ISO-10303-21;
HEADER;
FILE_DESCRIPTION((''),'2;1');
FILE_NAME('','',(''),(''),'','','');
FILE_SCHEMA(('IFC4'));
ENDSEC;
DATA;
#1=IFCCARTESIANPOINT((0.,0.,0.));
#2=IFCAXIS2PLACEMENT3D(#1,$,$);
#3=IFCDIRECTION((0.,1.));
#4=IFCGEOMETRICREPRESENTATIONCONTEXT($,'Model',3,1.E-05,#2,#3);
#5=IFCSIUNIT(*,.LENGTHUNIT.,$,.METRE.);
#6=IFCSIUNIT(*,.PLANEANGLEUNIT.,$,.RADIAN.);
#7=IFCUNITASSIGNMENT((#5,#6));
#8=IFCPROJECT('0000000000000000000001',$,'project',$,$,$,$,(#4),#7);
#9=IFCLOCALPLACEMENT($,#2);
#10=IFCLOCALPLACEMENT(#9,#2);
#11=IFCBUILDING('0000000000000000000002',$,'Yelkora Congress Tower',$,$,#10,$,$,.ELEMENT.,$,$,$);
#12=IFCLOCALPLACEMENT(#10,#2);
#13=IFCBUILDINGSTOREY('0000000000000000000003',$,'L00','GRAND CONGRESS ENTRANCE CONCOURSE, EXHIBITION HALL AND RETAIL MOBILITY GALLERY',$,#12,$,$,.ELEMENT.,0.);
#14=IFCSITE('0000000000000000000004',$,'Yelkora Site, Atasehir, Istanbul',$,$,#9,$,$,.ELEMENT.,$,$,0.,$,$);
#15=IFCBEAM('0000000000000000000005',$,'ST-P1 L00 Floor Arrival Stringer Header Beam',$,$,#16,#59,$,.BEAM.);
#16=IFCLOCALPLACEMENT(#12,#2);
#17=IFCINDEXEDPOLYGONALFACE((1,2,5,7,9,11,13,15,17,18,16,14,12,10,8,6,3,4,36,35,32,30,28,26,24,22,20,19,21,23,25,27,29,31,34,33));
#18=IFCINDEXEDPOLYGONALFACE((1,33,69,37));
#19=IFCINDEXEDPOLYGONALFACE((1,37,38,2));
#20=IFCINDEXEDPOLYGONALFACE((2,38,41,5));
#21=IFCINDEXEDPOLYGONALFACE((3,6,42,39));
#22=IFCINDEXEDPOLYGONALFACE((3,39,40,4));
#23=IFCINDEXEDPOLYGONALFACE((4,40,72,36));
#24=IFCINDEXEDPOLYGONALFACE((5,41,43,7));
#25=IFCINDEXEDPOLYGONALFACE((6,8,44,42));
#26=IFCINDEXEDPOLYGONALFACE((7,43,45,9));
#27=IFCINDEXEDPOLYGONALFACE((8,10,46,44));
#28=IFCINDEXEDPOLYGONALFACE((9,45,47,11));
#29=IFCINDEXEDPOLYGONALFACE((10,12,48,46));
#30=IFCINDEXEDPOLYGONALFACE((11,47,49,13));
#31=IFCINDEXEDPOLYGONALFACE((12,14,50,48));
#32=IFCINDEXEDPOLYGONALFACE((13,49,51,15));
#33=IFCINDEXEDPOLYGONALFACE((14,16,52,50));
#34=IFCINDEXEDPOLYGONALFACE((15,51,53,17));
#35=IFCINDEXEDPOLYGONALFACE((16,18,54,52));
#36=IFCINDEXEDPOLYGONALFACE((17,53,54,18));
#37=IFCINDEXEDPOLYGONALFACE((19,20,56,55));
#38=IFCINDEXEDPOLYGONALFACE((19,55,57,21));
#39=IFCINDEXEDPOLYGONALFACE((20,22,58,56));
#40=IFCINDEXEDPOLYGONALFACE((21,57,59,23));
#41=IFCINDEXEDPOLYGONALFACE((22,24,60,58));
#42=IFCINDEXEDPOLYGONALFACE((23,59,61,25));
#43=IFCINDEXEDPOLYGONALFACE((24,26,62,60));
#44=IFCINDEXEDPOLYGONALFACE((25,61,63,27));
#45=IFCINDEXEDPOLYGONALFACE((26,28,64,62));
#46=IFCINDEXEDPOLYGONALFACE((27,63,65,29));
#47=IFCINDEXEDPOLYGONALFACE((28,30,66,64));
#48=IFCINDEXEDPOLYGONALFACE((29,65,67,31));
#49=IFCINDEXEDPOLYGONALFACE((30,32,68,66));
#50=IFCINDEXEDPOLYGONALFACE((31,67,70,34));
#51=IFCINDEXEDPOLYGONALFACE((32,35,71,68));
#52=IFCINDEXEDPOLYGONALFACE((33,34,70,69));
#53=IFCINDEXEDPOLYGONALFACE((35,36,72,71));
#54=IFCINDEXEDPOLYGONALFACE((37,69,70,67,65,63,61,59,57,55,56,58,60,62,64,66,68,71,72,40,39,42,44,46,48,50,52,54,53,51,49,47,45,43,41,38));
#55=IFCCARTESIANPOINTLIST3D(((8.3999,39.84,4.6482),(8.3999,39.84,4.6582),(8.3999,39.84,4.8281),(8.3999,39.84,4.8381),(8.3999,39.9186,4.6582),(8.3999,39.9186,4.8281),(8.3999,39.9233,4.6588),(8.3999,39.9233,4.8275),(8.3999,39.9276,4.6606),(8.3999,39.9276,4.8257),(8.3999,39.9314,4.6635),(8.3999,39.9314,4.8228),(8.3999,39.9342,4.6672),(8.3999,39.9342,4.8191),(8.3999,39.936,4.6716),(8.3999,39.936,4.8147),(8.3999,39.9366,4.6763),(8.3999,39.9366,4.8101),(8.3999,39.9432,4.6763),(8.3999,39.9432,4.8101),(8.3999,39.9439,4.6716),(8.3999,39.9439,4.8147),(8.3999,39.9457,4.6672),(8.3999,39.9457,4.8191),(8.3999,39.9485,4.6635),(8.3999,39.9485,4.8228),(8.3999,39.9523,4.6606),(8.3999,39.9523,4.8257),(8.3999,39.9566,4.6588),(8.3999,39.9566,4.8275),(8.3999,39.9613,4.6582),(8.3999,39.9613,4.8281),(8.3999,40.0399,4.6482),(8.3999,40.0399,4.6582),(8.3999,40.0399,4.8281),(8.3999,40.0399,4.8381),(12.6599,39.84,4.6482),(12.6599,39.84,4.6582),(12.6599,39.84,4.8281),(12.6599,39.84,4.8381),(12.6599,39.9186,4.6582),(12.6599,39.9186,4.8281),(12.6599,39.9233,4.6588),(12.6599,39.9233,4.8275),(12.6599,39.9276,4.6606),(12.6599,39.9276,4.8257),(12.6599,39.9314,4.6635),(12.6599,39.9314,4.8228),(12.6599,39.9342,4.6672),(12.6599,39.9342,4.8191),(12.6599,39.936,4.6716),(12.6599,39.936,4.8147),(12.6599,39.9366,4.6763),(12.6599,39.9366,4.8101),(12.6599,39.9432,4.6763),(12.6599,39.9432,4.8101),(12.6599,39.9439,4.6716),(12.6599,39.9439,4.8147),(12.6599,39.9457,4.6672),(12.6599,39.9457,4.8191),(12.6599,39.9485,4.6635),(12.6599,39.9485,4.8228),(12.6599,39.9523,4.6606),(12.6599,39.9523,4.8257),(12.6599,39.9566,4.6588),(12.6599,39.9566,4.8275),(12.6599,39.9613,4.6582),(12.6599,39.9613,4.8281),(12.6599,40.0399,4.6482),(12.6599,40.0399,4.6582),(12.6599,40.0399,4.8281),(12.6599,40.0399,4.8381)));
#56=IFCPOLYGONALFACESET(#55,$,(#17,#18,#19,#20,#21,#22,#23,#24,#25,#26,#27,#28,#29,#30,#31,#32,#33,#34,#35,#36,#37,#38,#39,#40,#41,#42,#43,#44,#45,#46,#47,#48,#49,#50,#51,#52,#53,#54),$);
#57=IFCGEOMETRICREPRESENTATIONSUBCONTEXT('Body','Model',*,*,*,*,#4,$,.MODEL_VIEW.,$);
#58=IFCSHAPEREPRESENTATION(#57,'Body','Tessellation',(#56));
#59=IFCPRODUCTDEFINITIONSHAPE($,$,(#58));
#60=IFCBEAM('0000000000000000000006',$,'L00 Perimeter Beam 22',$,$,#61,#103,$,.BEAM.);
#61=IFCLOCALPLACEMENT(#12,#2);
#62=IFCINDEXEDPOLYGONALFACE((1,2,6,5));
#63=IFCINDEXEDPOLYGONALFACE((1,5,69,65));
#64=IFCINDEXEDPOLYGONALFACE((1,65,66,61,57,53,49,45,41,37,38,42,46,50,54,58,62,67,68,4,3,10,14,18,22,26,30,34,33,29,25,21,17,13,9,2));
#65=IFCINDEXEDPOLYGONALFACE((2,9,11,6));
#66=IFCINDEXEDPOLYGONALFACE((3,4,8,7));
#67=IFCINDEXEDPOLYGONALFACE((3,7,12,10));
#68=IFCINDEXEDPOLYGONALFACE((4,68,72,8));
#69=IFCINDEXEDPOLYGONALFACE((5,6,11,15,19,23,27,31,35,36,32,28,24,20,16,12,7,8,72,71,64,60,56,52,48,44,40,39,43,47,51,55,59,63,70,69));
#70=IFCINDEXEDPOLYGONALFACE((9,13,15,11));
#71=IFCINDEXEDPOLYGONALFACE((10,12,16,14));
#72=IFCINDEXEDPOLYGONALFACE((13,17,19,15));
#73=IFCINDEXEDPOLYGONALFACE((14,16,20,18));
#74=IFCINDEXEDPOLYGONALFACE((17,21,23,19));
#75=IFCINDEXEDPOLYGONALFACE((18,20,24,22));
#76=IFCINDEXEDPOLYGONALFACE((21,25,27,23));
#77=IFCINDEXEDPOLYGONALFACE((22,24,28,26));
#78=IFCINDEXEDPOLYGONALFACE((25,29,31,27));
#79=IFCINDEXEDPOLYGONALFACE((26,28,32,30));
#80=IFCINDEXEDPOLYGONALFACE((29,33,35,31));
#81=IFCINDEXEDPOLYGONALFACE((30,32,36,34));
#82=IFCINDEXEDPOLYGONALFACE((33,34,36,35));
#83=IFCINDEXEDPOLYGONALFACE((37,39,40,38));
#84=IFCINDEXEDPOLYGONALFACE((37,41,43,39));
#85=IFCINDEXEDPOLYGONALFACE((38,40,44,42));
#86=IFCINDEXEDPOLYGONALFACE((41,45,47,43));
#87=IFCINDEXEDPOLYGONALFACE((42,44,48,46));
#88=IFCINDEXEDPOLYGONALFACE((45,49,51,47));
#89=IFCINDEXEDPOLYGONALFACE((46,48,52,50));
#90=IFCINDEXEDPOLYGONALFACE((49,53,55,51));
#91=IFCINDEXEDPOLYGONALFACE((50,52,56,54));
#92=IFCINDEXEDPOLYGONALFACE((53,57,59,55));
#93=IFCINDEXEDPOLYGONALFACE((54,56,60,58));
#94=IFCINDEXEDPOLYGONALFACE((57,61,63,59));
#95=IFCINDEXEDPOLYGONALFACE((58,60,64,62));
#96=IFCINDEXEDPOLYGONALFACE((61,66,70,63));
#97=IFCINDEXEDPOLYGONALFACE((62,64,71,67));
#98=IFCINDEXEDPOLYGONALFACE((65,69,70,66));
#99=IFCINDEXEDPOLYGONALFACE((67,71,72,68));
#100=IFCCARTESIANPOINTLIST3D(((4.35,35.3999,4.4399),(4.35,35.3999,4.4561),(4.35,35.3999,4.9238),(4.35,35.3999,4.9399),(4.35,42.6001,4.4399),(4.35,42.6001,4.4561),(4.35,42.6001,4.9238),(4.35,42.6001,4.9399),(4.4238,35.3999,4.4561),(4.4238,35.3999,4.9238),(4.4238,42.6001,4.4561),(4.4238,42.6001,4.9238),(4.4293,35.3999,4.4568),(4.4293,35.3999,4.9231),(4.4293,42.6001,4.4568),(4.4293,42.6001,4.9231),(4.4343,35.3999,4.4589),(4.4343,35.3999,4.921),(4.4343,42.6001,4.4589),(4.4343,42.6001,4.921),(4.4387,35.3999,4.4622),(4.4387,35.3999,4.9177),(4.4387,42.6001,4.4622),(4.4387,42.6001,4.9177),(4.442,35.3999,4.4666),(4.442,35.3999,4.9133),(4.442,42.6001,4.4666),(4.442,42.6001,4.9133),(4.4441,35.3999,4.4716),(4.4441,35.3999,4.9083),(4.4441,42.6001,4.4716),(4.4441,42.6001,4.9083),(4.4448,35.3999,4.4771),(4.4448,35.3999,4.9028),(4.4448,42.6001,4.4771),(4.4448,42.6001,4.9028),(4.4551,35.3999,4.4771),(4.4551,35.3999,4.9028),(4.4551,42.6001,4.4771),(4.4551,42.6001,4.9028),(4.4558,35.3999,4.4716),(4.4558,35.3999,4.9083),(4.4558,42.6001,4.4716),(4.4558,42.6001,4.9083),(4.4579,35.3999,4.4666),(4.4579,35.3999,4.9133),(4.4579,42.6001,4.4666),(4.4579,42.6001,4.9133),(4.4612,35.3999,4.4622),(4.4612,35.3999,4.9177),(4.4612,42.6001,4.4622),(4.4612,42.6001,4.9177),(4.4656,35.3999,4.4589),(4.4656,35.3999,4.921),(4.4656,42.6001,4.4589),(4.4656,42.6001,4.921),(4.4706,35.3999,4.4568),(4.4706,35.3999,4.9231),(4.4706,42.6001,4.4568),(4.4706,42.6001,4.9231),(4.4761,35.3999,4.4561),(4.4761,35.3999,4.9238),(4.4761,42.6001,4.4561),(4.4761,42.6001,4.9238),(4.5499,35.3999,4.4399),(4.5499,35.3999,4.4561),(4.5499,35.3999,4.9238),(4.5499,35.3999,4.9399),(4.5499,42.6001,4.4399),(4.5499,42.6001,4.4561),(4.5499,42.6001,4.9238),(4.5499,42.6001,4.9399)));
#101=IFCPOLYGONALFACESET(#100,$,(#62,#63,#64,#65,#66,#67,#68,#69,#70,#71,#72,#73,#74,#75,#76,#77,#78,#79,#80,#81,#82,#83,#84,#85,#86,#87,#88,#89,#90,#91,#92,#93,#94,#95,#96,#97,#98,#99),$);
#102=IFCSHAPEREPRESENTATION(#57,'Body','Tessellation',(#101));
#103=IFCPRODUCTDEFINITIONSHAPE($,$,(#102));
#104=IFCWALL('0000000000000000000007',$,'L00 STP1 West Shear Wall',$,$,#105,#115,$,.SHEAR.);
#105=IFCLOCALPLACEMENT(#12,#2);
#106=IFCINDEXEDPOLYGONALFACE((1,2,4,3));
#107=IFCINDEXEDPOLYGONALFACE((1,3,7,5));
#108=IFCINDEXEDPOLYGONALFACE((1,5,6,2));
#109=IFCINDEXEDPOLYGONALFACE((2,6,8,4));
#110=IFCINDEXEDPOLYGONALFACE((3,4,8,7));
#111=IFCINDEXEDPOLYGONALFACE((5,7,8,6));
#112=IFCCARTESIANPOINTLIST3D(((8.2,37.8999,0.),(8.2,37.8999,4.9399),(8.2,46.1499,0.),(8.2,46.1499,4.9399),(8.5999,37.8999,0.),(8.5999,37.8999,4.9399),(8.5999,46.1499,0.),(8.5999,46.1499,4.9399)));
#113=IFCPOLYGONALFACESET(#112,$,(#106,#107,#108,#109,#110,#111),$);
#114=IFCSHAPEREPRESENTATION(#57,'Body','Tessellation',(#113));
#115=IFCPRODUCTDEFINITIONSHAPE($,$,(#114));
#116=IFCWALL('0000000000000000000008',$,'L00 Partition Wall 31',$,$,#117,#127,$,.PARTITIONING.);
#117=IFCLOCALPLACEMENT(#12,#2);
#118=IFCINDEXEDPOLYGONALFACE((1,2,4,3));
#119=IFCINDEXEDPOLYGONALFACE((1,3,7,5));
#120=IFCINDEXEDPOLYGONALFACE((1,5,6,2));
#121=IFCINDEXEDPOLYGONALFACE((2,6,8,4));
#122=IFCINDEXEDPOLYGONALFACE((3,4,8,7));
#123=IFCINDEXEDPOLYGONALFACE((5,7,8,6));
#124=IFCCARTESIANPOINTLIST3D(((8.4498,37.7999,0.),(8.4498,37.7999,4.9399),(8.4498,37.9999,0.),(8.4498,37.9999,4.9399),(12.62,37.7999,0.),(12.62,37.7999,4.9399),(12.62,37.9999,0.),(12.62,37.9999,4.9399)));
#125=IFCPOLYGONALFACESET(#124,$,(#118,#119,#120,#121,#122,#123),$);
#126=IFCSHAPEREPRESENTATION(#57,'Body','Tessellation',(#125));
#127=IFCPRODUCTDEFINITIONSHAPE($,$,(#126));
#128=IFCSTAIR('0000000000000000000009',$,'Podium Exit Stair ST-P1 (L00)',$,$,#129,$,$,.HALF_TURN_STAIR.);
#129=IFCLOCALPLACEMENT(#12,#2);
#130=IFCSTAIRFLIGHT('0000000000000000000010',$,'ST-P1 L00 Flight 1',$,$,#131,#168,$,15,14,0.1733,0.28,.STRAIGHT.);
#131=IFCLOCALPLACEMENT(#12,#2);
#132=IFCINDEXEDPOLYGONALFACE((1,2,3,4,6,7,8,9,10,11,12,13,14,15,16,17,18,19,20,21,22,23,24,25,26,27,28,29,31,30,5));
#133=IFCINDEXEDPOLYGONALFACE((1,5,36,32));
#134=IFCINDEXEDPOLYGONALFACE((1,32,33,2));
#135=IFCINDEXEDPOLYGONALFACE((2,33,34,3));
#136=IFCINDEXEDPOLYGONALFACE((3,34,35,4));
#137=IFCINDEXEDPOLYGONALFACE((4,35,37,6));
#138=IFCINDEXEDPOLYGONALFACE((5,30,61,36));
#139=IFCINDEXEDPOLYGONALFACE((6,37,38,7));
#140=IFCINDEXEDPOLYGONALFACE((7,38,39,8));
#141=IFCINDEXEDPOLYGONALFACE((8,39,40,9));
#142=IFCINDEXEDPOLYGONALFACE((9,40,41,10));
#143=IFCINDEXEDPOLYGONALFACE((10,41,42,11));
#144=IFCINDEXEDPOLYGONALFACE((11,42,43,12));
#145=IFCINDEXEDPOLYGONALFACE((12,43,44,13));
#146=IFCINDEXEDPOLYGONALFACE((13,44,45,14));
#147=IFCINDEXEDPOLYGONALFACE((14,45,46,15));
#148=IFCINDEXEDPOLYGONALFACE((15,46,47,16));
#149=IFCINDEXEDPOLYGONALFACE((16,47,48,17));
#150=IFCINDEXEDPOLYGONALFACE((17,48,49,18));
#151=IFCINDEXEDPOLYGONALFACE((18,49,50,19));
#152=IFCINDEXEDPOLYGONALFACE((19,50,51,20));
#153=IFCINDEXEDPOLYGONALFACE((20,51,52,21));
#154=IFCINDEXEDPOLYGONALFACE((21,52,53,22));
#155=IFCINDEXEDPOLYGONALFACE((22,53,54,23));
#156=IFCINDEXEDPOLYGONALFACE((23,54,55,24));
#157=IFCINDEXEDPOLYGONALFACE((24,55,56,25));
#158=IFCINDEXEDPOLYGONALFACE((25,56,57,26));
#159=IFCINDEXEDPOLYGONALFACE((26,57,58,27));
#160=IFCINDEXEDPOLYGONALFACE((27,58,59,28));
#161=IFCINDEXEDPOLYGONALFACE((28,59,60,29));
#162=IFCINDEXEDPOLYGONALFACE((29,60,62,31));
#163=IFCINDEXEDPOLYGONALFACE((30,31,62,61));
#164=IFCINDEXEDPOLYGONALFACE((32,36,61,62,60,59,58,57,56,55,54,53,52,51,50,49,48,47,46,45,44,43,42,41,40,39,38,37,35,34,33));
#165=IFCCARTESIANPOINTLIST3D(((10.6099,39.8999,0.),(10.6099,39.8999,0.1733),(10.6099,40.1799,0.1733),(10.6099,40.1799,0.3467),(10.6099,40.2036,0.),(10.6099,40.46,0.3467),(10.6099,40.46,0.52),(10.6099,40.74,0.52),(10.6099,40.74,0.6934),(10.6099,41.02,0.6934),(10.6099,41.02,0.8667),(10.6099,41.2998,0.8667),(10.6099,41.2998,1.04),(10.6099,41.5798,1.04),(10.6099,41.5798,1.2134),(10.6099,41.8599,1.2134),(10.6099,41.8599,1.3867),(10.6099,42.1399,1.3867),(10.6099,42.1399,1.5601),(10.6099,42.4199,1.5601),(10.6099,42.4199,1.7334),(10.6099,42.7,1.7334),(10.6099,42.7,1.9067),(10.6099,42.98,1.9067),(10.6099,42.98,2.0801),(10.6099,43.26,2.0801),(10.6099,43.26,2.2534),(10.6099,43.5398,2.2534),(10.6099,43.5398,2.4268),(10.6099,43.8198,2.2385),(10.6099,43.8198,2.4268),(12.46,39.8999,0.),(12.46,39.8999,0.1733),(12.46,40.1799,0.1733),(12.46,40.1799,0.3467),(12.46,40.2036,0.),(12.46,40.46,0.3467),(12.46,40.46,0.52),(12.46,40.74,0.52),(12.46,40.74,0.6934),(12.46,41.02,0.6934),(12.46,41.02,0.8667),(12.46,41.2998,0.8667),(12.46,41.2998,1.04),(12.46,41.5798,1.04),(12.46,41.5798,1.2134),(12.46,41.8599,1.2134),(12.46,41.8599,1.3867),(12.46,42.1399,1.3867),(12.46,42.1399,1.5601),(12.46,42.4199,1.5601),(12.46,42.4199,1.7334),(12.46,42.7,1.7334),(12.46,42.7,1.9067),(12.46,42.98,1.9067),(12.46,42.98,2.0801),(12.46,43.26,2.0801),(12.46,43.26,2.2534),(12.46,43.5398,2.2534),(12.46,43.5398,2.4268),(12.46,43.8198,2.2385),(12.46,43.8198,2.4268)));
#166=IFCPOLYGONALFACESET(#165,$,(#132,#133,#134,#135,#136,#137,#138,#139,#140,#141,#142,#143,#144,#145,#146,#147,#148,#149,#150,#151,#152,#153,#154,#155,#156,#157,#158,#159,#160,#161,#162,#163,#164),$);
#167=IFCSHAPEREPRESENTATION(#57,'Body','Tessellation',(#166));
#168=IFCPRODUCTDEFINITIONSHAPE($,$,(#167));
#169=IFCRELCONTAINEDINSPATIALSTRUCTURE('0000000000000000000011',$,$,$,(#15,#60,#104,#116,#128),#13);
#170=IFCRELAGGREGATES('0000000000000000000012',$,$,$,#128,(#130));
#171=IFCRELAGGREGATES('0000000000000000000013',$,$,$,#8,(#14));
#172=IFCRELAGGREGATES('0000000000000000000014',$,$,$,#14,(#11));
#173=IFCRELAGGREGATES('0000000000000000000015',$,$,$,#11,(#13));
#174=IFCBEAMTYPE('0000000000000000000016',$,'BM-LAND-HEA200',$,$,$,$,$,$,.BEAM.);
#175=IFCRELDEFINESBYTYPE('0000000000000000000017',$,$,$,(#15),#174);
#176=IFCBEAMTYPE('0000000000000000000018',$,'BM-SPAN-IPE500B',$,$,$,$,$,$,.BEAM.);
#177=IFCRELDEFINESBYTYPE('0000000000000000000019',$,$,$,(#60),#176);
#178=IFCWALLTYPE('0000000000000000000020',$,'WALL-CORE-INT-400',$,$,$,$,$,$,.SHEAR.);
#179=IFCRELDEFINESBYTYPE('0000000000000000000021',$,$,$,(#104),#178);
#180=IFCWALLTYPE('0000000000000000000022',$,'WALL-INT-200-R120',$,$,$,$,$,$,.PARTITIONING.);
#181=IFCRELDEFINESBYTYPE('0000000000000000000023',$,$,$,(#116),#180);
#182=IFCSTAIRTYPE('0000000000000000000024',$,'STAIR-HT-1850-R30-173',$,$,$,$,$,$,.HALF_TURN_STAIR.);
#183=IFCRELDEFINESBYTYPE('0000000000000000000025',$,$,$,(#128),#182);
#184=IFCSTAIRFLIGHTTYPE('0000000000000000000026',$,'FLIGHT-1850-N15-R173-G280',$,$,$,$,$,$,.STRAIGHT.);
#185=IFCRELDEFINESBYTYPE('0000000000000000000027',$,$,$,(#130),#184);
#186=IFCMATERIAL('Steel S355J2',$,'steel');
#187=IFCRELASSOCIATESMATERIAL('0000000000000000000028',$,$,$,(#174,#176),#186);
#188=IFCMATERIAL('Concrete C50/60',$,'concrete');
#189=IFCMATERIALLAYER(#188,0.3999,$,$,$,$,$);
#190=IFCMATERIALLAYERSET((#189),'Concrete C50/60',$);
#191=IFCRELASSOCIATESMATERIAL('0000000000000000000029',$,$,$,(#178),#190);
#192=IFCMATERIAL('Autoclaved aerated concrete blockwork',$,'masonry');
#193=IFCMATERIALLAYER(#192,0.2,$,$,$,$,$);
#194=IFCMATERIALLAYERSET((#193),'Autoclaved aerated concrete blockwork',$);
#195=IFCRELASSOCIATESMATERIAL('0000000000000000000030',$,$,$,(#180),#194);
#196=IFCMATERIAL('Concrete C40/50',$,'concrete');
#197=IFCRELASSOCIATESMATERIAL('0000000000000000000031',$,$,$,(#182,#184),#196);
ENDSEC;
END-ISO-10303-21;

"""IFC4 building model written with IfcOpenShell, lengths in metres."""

from ifc_helpers import new_model, si_unit, direction, frame, frame_2d, origin, origin_2d, place, context, subcontext, project, spatial, polyline, rectangle, i_section, outline, extrude, material, layer, layer_set, material_profile, profile_set, type_object, element, aggregate, save


model = new_model("IFC4")

# Units and contexts
model_context = context("Model", 3, precision=1e-05, world=origin(), true_north=direction((0.0, 1.0)))
body_context = subcontext(model_context, "Body", "Model", "MODEL_VIEW")
ifc_project = project(units=[si_unit("LENGTHUNIT", "METRE"), si_unit("PLANEANGLEUNIT", "RADIAN")], contexts=[model_context])

# Site, building, storey
site_placement = place(None, origin())
site = spatial("IfcSite", under=ifc_project, at=site_placement, Name="Yelkora Site, Atasehir, Istanbul", CompositionType="ELEMENT", RefElevation=0.0)
building_placement = place(site_placement, origin())
building = spatial("IfcBuilding", under=site, at=building_placement, Name="Yelkora Congress Tower", CompositionType="ELEMENT")
storey_placement = place(building_placement, origin())
storey = spatial("IfcBuildingStorey", under=building, at=storey_placement, Name="L00", Description="GRAND CONGRESS ENTRANCE CONCOURSE, EXHIBITION HALL AND RETAIL MOBILITY GALLERY", CompositionType="ELEMENT", Elevation=0.0)

# Shared definitions
ifc_material_1 = material(Name="Concrete C50/60", Category="concrete")

# Beams
ifc_material_2 = material(Name="Steel S355J2", Category="steel")
ifc_material_profile_1 = material_profile(ifc_material_2, i_section(OverallWidth=0.2, OverallDepth=0.1899, WebThickness=0.0066, FlangeThickness=0.01, FilletRadius=0.0181, at=origin_2d()), Name="HEA 200")
ifc_profile_set_1 = profile_set([ifc_material_profile_1], Name="Steel S355J2")
beam_type_1 = type_object("IfcBeamType", Name="BM-LAND-HEA200", PredefinedType="BEAM", material=ifc_profile_set_1)
beam_1_placement = place(storey_placement, frame((8.3999, 39.9399, 4.7432), z_axis=(1.0, 0.0, 0.0), x_axis=(0.0, 1.0, 0.0)))
element("IfcBeam", 1, at=beam_1_placement, inside=storey, type_object=beam_type_1, Name="ST-P1 L00 Floor Arrival Stringer Header Beam", PredefinedType="BEAM", context=body_context, shape_type="SweptSolid", body=[
    extrude(i_section(OverallWidth=0.2, OverallDepth=0.1899, WebThickness=0.0066, FlangeThickness=0.01, FilletRadius=0.0181, at=origin_2d()), origin(), (0.0, 0.0, 1.0), 4.26),
])
ifc_material_profile_2 = material_profile(ifc_material_2, i_section(OverallWidth=0.2, OverallDepth=0.5, WebThickness=0.0103, FlangeThickness=0.0161, FilletRadius=0.021, at=origin_2d()), Name="IPE 500")
ifc_profile_set_2 = profile_set([ifc_material_profile_2], Name="Steel S355J2")
beam_type_2 = type_object("IfcBeamType", Name="BM-SPAN-IPE500B", PredefinedType="BEAM", material=ifc_profile_set_2)
beam_2_placement = place(storey_placement, frame((4.45, 42.6001, 4.6899), z_axis=(0.0, -1.0, 0.0), x_axis=(1.0, 0.0, 0.0)))
element("IfcBeam", 2, at=beam_2_placement, inside=storey, type_object=beam_type_2, Name="L00 Perimeter Beam 22", PredefinedType="BEAM", context=body_context, shape_type="SweptSolid", body=[
    extrude(i_section(OverallWidth=0.2, OverallDepth=0.5, WebThickness=0.0103, FlangeThickness=0.0161, FilletRadius=0.021, at=origin_2d()), origin(), (0.0, 0.0, 1.0), 7.2002),
])

# Walls
ifc_layer_1 = layer(ifc_material_1, 0.3999)
ifc_layer_set_1 = layer_set([ifc_layer_1], Name="Concrete C50/60")
wall_type_1 = type_object("IfcWallType", Name="WALL-CORE-INT-400", PredefinedType="SHEAR", material=ifc_layer_set_1)
wall_1_placement = place(storey_placement, frame((8.3999, 37.8999, 0.0), z_axis=(0.0, 0.0, 1.0), x_axis=(0.0, 1.0, 0.0)))
element("IfcWall", 3, at=wall_1_placement, inside=storey, type_object=wall_type_1, Name="L00 STP1 West Shear Wall", PredefinedType="SHEAR", context=body_context, shape_type="SweptSolid", body=[
    extrude(rectangle(XDim=8.25, YDim=0.3999, at=frame_2d((4.125, 0.0))), origin(), (0.0, 0.0, 1.0), 4.9399),
])
ifc_material_3 = material(Name="Autoclaved aerated concrete blockwork", Category="masonry")
ifc_layer_2 = layer(ifc_material_3, 0.2)
ifc_layer_set_2 = layer_set([ifc_layer_2], Name="Autoclaved aerated concrete blockwork")
wall_type_2 = type_object("IfcWallType", Name="WALL-INT-200-R120", PredefinedType="PARTITIONING", material=ifc_layer_set_2)
wall_2_placement = place(storey_placement, frame((8.45, 37.8999, 0.0), z_axis=(0.0, 0.0, 1.0), x_axis=(1.0, 0.0, 0.0)))
element("IfcWall", 4, at=wall_2_placement, inside=storey, type_object=wall_type_2, Name="L00 Partition Wall 31", PredefinedType="PARTITIONING", context=body_context, shape_type="SweptSolid", body=[
    extrude(rectangle(XDim=4.1702, YDim=0.2, at=frame_2d((2.085, 0.0))), origin(), (0.0, 0.0, 1.0), 4.9399),
])

# Stair, stair flight
ifc_material_4 = material(Name="Concrete C40/50", Category="concrete")
stair_type = type_object("IfcStairType", Name="STAIR-HT-1850-R30-173", PredefinedType="HALF_TURN_STAIR", material=ifc_material_4)
stair_placement = place(storey_placement, origin())
stair = element("IfcStair", 5, at=stair_placement, inside=storey, type_object=stair_type, Name="Podium Exit Stair ST-P1 (L00)", PredefinedType="HALF_TURN_STAIR")
stair_flight_type = type_object("IfcStairFlightType", Name="FLIGHT-1850-N15-R173-G280", PredefinedType="STRAIGHT", material=ifc_material_4)
stair_flight_1_placement = place(storey_placement, frame((11.5349, 39.8999, 0.0), z_axis=(0.0, 0.0, 1.0), x_axis=(0.0, 1.0, 0.0)))
stair_flight_1 = element("IfcStairFlight", 6, at=stair_flight_1_placement, type_object=stair_flight_type, Name="ST-P1 L00 Flight 1", NumberOfRisers=15, NumberOfTreads=14, PredefinedType="STRAIGHT", RiserHeight=0.1733, TreadLength=0.28, context=body_context, shape_type="SweptSolid", body=[
    extrude(outline(polyline([(0.0, 0.0), (0.0, 0.1733), (0.28, 0.1733), (0.28, 0.3467), (0.5601, 0.3467), (0.5601, 0.52), (0.8401, 0.52), (0.8401, 0.6934), (1.1201, 0.6934), (1.1201, 0.8667), (1.3999, 0.8667), (1.3999, 1.04), (1.6799, 1.04), (1.6799, 1.2134), (1.96, 1.2134), (1.96, 1.3867), (2.24, 1.3867), (2.24, 1.5601), (2.52, 1.5601), (2.52, 1.7334), (2.8, 1.7334), (2.8, 1.9067), (3.0801, 1.9067), (3.0801, 2.0801), (3.3601, 2.0801), (3.3601, 2.2534), (3.6399, 2.2534), (3.6399, 2.4268), (3.9199, 2.4268), (3.9199, 2.6001), (3.9199, 2.2385), (0.3037, 0.0), (0.0, 0.0)])), frame((0.0, 0.925, 0.0), z_axis=(0.0, -1.0, 0.0), x_axis=(1.0, 0.0, 0.0)), (0.0, 0.0, 1.0), 1.8501),
])
aggregate(stair, [stair_flight_1])

save(model, "model.ifc")
